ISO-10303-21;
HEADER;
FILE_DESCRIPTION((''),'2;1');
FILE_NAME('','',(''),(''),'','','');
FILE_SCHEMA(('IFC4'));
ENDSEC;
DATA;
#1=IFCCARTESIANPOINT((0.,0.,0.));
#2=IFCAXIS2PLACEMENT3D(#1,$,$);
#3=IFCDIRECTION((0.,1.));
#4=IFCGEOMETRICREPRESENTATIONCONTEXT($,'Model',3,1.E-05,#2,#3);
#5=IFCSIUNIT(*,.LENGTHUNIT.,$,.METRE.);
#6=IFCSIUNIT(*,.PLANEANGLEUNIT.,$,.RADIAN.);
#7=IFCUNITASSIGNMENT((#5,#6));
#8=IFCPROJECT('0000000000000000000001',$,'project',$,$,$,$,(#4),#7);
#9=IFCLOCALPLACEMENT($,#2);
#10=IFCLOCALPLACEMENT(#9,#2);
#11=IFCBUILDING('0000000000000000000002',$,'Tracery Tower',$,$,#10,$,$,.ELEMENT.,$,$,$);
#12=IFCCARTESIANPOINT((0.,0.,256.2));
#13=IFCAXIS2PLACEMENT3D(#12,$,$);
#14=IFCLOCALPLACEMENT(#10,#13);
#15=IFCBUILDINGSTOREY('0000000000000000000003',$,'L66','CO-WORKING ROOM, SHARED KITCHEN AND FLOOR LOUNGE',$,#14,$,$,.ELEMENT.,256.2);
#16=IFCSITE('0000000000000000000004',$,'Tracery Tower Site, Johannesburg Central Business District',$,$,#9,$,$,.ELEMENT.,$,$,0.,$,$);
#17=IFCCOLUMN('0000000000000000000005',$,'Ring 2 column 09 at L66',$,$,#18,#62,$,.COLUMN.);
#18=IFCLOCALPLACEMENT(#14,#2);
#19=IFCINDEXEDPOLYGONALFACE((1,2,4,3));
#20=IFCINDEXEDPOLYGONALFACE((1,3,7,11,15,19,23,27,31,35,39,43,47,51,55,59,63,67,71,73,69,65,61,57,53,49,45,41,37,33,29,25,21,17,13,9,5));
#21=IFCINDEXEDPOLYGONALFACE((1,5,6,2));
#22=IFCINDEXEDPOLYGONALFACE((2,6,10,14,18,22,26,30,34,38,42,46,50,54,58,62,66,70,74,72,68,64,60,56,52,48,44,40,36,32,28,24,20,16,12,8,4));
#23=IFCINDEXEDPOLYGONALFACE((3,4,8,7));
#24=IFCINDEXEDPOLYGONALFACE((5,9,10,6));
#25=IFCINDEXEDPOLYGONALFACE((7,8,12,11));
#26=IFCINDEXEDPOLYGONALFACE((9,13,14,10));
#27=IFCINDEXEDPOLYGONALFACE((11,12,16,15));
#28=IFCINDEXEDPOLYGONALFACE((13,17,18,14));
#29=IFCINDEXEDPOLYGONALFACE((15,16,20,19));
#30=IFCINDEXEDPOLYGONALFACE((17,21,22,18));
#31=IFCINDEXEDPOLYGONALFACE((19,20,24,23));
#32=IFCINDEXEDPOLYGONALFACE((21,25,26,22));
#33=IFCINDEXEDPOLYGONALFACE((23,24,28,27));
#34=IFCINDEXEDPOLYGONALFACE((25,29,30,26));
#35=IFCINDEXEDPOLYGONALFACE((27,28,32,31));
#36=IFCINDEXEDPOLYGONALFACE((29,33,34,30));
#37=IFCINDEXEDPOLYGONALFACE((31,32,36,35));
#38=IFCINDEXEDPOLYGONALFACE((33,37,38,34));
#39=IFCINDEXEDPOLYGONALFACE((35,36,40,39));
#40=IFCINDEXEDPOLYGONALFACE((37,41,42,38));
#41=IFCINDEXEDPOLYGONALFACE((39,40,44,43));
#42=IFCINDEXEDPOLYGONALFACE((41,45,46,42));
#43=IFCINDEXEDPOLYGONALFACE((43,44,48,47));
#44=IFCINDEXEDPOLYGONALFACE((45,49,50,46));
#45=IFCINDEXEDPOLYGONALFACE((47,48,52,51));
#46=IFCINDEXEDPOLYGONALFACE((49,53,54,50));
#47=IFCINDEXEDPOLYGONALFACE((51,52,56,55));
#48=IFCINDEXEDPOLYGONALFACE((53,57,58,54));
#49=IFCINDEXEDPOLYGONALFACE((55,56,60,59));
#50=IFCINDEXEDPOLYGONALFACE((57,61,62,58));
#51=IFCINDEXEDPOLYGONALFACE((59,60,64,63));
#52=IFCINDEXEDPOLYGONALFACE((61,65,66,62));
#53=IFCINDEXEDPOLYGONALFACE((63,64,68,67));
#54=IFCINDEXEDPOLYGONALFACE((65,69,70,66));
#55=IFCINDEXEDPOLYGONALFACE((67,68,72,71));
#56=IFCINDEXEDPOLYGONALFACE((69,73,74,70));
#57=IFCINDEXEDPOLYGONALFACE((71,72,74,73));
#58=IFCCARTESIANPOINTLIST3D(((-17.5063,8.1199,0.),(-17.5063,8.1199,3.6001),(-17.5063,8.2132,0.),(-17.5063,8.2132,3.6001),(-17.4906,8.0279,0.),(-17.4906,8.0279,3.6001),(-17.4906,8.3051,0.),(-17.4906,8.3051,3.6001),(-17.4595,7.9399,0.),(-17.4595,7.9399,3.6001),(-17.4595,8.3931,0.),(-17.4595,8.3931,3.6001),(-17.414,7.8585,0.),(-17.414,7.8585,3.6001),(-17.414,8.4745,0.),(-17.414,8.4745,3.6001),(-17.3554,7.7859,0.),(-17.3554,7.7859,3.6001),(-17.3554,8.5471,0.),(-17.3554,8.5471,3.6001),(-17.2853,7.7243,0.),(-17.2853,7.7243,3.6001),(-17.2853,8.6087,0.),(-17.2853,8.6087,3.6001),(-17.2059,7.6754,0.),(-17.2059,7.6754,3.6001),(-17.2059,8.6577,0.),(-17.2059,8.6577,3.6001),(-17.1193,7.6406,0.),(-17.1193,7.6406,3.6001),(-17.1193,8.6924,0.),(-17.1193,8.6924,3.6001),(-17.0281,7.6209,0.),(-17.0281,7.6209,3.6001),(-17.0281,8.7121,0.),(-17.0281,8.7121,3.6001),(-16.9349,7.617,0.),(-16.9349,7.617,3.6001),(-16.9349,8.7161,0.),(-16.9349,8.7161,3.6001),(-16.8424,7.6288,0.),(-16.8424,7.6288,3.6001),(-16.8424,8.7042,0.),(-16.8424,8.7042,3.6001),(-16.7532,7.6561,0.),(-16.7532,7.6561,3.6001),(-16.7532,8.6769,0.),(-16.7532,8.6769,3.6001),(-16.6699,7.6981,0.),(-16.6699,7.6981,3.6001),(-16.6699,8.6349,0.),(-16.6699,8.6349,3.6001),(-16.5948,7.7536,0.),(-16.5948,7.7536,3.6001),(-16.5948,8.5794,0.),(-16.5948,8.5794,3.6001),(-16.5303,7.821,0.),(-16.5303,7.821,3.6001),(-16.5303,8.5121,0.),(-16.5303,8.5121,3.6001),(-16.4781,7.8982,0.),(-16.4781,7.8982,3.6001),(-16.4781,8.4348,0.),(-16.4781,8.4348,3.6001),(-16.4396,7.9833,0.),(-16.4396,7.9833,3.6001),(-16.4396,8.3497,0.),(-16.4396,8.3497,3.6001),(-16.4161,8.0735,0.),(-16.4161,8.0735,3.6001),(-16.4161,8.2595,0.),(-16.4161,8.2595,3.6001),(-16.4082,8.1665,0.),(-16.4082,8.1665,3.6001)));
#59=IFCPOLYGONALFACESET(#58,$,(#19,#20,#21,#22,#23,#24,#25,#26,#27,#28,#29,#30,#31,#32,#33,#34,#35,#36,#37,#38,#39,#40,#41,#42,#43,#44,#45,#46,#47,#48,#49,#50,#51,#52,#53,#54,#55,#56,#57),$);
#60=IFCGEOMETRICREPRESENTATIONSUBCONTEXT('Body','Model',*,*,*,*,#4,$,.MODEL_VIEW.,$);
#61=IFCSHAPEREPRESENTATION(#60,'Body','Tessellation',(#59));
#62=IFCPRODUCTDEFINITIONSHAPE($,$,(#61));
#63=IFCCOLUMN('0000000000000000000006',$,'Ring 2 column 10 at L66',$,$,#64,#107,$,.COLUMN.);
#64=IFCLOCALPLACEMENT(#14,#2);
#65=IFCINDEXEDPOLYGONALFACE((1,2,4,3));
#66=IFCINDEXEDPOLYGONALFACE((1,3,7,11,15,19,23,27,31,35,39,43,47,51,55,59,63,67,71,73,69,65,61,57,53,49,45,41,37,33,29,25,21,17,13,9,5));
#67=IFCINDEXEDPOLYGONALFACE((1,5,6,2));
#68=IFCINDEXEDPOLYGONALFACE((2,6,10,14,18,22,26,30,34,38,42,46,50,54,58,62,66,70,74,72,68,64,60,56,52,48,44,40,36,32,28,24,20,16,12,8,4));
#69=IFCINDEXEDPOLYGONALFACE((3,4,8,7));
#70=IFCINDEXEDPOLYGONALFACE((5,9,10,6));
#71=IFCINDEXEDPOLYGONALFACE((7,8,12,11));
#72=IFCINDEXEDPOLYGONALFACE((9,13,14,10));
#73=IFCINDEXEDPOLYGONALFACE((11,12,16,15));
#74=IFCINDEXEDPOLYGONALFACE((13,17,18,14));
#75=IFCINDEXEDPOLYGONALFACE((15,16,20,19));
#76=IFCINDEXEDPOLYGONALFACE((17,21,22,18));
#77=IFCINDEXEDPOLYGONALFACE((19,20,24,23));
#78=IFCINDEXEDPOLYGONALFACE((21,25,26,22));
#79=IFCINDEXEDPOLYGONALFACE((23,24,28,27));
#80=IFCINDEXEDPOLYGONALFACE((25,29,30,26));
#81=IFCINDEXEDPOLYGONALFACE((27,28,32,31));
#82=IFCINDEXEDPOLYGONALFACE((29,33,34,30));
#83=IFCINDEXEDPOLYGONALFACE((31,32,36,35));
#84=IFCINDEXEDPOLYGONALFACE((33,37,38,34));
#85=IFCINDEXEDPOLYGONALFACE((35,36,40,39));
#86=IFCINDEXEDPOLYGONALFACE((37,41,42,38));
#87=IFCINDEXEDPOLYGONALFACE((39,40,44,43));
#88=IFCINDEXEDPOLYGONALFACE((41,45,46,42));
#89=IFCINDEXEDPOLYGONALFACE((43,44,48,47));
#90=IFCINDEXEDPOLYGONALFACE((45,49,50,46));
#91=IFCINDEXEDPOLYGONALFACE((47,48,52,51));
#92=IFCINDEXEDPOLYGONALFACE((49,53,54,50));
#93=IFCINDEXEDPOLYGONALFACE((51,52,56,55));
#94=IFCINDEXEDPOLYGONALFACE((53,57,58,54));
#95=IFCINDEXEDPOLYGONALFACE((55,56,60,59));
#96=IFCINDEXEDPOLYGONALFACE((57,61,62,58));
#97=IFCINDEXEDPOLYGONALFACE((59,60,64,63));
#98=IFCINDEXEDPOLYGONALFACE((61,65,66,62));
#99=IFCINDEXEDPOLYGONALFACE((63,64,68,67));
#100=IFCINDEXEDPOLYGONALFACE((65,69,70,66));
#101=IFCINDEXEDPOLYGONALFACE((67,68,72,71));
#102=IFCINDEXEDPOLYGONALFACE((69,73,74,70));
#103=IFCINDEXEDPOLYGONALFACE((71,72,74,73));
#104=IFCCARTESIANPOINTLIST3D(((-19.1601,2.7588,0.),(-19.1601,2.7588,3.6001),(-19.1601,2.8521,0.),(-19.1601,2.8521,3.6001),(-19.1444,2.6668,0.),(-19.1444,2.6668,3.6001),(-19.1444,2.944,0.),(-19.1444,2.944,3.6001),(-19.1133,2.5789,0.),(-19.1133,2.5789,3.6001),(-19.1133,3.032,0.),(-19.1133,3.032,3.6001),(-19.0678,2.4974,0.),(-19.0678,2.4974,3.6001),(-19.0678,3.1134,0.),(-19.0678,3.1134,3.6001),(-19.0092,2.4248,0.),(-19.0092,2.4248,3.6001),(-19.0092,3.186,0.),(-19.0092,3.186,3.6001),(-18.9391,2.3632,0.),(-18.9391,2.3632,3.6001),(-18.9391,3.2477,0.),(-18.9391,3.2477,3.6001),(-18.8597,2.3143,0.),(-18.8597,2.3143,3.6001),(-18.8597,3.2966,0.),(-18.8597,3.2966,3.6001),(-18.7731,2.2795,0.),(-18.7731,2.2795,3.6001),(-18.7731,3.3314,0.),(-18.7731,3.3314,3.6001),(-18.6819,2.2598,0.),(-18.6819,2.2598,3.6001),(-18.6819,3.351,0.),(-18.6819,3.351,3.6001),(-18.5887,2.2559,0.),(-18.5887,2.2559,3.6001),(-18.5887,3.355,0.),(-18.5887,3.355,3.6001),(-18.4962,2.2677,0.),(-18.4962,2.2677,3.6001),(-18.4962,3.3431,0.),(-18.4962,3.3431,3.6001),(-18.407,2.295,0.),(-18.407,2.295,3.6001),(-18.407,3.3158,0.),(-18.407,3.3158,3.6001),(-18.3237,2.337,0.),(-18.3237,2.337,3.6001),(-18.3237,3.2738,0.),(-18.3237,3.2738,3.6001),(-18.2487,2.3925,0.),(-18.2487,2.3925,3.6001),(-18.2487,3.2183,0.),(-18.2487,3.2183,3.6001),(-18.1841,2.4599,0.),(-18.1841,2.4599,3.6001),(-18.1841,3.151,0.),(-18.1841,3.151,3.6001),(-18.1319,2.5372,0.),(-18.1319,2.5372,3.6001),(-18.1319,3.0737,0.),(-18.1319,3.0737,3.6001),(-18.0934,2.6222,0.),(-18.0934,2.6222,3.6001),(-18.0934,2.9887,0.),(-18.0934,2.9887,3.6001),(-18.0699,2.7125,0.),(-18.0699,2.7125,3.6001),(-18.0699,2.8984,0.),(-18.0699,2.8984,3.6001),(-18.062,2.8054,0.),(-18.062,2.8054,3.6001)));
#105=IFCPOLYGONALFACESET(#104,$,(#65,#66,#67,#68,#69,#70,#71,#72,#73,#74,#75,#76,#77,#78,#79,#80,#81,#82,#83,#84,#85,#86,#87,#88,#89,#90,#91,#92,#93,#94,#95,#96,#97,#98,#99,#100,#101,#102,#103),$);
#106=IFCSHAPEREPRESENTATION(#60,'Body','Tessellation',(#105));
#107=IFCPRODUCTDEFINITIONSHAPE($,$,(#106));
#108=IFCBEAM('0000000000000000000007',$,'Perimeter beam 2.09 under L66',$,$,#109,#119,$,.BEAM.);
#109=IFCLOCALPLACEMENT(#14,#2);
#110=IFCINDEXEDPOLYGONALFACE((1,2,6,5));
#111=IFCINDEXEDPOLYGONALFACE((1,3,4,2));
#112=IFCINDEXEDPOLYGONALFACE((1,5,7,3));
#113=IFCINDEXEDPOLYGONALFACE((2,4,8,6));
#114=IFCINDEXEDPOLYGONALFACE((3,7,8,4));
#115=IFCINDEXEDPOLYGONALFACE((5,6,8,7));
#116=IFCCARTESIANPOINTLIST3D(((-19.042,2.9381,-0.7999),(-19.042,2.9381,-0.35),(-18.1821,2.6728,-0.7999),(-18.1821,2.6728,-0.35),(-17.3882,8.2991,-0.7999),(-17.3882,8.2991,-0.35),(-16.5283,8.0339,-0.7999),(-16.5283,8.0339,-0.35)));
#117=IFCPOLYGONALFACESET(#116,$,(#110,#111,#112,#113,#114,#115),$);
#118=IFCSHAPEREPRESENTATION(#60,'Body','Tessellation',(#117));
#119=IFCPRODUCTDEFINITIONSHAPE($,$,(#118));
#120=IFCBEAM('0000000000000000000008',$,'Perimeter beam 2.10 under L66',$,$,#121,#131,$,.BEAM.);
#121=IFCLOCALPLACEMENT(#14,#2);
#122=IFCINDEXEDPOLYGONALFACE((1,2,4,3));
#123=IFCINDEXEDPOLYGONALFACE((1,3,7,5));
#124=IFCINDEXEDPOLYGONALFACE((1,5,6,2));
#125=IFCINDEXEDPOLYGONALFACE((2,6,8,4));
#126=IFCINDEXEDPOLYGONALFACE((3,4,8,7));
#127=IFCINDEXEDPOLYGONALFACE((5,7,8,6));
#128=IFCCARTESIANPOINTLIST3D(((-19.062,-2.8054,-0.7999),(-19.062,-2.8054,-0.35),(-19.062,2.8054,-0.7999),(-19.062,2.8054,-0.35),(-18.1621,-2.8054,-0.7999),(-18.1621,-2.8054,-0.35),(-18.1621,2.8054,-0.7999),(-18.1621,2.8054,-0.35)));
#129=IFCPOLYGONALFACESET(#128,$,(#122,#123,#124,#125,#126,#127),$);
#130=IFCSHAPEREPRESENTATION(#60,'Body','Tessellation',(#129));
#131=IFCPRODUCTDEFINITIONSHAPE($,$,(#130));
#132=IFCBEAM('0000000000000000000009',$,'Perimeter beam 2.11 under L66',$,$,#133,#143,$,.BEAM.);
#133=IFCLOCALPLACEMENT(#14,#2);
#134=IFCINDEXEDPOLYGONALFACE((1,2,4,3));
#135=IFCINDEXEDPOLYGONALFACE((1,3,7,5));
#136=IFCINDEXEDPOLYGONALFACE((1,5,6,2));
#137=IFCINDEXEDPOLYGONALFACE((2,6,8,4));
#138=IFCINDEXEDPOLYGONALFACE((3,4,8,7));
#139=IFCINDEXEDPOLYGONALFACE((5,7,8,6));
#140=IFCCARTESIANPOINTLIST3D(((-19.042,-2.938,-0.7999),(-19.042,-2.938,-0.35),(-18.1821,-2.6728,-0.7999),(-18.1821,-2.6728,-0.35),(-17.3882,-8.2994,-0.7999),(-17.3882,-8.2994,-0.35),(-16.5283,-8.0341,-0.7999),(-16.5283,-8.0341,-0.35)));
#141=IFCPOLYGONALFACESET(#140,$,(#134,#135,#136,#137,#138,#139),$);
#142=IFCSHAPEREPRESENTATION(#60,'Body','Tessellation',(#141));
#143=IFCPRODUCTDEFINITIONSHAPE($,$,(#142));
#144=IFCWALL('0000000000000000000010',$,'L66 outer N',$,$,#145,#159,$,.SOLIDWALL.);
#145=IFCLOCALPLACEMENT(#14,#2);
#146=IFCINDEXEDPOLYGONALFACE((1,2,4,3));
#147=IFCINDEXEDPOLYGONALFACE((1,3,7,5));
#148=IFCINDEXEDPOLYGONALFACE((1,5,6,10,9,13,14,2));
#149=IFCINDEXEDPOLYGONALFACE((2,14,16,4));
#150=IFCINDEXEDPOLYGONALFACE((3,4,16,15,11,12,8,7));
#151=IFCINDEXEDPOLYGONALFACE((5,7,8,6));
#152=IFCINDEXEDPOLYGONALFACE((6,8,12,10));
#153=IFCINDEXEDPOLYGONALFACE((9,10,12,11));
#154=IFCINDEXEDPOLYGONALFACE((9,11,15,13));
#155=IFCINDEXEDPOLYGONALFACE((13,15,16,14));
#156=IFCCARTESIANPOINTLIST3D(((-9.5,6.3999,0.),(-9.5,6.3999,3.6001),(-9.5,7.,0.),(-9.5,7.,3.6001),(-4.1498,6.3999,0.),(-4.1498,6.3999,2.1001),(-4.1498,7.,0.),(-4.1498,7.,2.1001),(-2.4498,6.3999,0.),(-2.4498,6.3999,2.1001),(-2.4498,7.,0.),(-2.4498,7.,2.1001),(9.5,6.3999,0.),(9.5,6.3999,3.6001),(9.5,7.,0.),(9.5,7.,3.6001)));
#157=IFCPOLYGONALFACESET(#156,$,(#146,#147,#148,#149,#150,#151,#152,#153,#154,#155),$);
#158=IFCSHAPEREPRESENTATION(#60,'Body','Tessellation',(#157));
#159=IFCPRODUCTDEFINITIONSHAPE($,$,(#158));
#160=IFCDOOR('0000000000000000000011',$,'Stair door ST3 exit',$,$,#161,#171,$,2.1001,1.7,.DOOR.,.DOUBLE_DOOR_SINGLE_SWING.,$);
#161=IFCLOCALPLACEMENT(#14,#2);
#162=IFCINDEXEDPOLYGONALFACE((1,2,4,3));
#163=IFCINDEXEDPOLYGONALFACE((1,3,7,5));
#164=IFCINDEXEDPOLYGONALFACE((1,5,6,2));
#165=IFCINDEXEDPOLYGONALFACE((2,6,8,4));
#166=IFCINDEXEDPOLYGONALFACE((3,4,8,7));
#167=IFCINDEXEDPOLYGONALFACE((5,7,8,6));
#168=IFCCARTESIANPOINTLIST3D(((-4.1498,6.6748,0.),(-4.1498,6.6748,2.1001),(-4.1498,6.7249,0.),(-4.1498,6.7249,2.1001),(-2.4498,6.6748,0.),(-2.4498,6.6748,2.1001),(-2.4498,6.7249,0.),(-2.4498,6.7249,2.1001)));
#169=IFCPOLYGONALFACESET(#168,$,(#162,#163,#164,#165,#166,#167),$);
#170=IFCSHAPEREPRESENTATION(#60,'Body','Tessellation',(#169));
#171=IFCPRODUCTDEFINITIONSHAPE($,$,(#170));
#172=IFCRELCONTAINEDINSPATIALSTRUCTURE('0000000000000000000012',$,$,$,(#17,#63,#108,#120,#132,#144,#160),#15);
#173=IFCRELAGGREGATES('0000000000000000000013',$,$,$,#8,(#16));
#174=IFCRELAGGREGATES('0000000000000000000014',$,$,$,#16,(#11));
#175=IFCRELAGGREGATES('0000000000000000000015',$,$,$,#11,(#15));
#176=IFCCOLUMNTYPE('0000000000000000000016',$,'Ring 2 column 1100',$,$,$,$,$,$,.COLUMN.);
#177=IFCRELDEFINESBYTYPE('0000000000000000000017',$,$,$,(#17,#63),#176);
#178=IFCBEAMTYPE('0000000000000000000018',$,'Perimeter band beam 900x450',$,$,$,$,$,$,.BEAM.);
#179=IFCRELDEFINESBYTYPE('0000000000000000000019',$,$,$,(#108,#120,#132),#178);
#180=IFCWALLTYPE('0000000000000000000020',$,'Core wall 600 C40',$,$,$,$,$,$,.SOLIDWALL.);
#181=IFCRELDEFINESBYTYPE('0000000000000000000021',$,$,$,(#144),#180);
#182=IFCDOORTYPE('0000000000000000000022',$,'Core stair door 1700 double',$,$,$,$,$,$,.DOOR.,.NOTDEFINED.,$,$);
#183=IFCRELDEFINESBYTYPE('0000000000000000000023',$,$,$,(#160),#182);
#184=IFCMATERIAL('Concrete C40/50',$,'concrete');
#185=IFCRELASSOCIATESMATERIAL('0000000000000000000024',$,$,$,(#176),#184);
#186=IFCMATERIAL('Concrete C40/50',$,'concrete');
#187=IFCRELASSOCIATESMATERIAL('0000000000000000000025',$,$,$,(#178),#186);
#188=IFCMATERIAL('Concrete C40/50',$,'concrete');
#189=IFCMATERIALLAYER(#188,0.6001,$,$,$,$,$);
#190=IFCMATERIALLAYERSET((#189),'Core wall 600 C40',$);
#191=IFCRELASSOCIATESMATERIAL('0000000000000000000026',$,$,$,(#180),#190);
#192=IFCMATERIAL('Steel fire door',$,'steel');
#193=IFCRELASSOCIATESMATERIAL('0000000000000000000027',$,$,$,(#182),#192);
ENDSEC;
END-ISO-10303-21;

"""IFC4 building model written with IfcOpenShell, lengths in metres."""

from ifc_helpers import new_model, si_unit, direction, frame, frame_2d, origin, origin_2d, place, context, subcontext, project, spatial, rectangle, circle, extrude, material, layer, layer_set, material_profile, profile_set, type_object, element, fill, save


model = new_model("IFC4")

# Units and contexts
model_context = context("Model", 3, precision=1e-05, world=origin(), true_north=direction((0.0, 1.0)))
body_context = subcontext(model_context, "Body", "Model", "MODEL_VIEW")
ifc_project = project(units=[si_unit("LENGTHUNIT", "METRE"), si_unit("PLANEANGLEUNIT", "RADIAN")], contexts=[model_context])

# Site, building, storey
site_placement = place(None, origin())
site = spatial("IfcSite", under=ifc_project, at=site_placement, Name="Tracery Tower Site, Johannesburg Central Business District", CompositionType="ELEMENT", RefElevation=0.0)
building_placement = place(site_placement, origin())
building = spatial("IfcBuilding", under=site, at=building_placement, Name="Tracery Tower", CompositionType="ELEMENT")
storey_placement = place(building_placement, frame((0.0, 0.0, 256.2)))
storey = spatial("IfcBuildingStorey", under=building, at=storey_placement, Name="L66", Description="CO-WORKING ROOM, SHARED KITCHEN AND FLOOR LOUNGE", CompositionType="ELEMENT", Elevation=256.2)

# Columns
ifc_material_1 = material(Name="Concrete C40/50", Category="concrete")
ifc_material_profile_1 = material_profile(ifc_material_1, circle(Radius=0.55, at=origin_2d()), Name="RC D1100")
ifc_profile_set_1 = profile_set([ifc_material_profile_1], Name="Concrete C40/50")
column_type = type_object("IfcColumnType", Name="Ring 2 column 1100", PredefinedType="COLUMN", material=ifc_profile_set_1)
for number, where, z_axis, x_axis, name in (
    (1, (-16.9583, 8.1665, 0.0), (0.0, 0.0, 1.0), (1.0, 0.0, 0.0), "Ring 2 column 09 at L66"),
    (2, (-18.6121, 2.8054, 0.0), (0.0, 0.0, 1.0), (1.0, 0.0, 0.0), "Ring 2 column 10 at L66"),
):
    element("IfcColumn", number, at=place(storey_placement, frame(where, z_axis=z_axis, x_axis=x_axis)), inside=storey, type_object=column_type, Name=name, PredefinedType="COLUMN", context=body_context, shape_type="SweptSolid", body=[
        extrude(circle(Radius=0.55, at=origin_2d()), origin(), (0.0, 0.0, 1.0), 3.6001),
    ])

# Beams
ifc_material_2 = material(Name="Concrete C40/50", Category="concrete")
ifc_material_profile_2 = material_profile(ifc_material_2, rectangle(XDim=0.8999, YDim=0.45, at=origin_2d()), Name="RC 900x450")
ifc_profile_set_2 = profile_set([ifc_material_profile_2], Name="Concrete C40/50")
beam_type = type_object("IfcBeamType", Name="Perimeter band beam 900x450", PredefinedType="BEAM", material=ifc_profile_set_2)
beam_1_placement = place(storey_placement, frame((-16.9583, 8.1665, -0.575), z_axis=(-0.294777, -0.955566, 0.0), x_axis=(0.955566, -0.294777, 0.0)))
element("IfcBeam", 3, at=beam_1_placement, inside=storey, type_object=beam_type, Name="Perimeter beam 2.09 under L66", PredefinedType="BEAM", context=body_context, shape_type="SweptSolid", body=[
    extrude(rectangle(XDim=0.8999, YDim=0.45, at=origin_2d()), origin(), (0.0, 0.0, 1.0), 5.6104),
])
beam_2_placement = place(storey_placement, frame((-18.6121, 2.8054, -0.575), z_axis=(0.0, -1.0, 0.0), x_axis=(1.0, 0.0, 0.0)))
element("IfcBeam", 4, at=beam_2_placement, inside=storey, type_object=beam_type, Name="Perimeter beam 2.10 under L66", PredefinedType="BEAM", context=body_context, shape_type="SweptSolid", body=[
    extrude(rectangle(XDim=0.8999, YDim=0.45, at=origin_2d()), origin(), (0.0, 0.0, 1.0), 5.6108),
])
beam_3_placement = place(storey_placement, frame((-18.6121, -2.8054, -0.575), z_axis=(0.294765, -0.95557, 0.0), x_axis=(0.95557, 0.294765, 0.0)))
element("IfcBeam", 5, at=beam_3_placement, inside=storey, type_object=beam_type, Name="Perimeter beam 2.11 under L66", PredefinedType="BEAM", context=body_context, shape_type="SweptSolid", body=[
    extrude(rectangle(XDim=0.8999, YDim=0.45, at=origin_2d()), origin(), (0.0, 0.0, 1.0), 5.6106),
])

# Wall, opening, door
ifc_material_3 = material(Name="Concrete C40/50", Category="concrete")
ifc_layer_1 = layer(ifc_material_3, 0.6001)
ifc_layer_set_1 = layer_set([ifc_layer_1], Name="Core wall 600 C40")
wall_type_1 = type_object("IfcWallType", Name="Core wall 600 C40", PredefinedType="SOLIDWALL", material=ifc_layer_set_1)
wall_1_placement = place(storey_placement, frame((-9.5, 6.7, 0.0), z_axis=(0.0, 0.0, 1.0), x_axis=(1.0, 0.0, 0.0)))
wall_1 = element("IfcWall", 6, at=wall_1_placement, inside=storey, type_object=wall_type_1, Name="L66 outer N", PredefinedType="SOLIDWALL", context=body_context, shape_type="SweptSolid", body=[
    extrude(rectangle(XDim=19.0, YDim=0.6001, at=frame_2d((9.5, 0.0))), origin(), (0.0, 0.0, 1.0), 3.6001),
])
opening_1_placement = place(wall_1_placement, frame((5.3501, 0.0, 0.0)))
opening_1 = element("IfcOpeningElement", 7, at=opening_1_placement, cuts=wall_1, PredefinedType="OPENING", context=body_context, shape_type="SweptSolid", body=[
    extrude(rectangle(XDim=1.7, YDim=2.1001, at=frame_2d((0.8501, 1.05))), frame((0.0, 0.3, 0.0), z_axis=(0.0, -1.0, 0.0), x_axis=(1.0, 0.0, 0.0)), (0.0, 0.0, 1.0), 0.6001),
])
ifc_material_4 = material(Name="Steel fire door", Category="steel")
door_type_1 = type_object("IfcDoorType", Name="Core stair door 1700 double", OperationType="NOTDEFINED", PredefinedType="DOOR", material=ifc_material_4)
door_1_placement = place(opening_1_placement, origin())
door_1 = element("IfcDoor", 8, at=door_1_placement, inside=storey, type_object=door_type_1, Name="Stair door ST3 exit", OperationType="DOUBLE_DOOR_SINGLE_SWING", OverallHeight=2.1001, OverallWidth=1.7, PredefinedType="DOOR", context=body_context, shape_type="SweptSolid", body=[
    extrude(rectangle(XDim=1.7, YDim=2.1001, at=frame_2d((0.8501, 1.05))), frame((0.0, 0.0249, 0.0), z_axis=(0.0, -1.0, 0.0), x_axis=(1.0, 0.0, 0.0)), (0.0, 0.0, 1.0), 0.05),
])
fill(opening_1, door_1)

save(model, "model.ifc")
